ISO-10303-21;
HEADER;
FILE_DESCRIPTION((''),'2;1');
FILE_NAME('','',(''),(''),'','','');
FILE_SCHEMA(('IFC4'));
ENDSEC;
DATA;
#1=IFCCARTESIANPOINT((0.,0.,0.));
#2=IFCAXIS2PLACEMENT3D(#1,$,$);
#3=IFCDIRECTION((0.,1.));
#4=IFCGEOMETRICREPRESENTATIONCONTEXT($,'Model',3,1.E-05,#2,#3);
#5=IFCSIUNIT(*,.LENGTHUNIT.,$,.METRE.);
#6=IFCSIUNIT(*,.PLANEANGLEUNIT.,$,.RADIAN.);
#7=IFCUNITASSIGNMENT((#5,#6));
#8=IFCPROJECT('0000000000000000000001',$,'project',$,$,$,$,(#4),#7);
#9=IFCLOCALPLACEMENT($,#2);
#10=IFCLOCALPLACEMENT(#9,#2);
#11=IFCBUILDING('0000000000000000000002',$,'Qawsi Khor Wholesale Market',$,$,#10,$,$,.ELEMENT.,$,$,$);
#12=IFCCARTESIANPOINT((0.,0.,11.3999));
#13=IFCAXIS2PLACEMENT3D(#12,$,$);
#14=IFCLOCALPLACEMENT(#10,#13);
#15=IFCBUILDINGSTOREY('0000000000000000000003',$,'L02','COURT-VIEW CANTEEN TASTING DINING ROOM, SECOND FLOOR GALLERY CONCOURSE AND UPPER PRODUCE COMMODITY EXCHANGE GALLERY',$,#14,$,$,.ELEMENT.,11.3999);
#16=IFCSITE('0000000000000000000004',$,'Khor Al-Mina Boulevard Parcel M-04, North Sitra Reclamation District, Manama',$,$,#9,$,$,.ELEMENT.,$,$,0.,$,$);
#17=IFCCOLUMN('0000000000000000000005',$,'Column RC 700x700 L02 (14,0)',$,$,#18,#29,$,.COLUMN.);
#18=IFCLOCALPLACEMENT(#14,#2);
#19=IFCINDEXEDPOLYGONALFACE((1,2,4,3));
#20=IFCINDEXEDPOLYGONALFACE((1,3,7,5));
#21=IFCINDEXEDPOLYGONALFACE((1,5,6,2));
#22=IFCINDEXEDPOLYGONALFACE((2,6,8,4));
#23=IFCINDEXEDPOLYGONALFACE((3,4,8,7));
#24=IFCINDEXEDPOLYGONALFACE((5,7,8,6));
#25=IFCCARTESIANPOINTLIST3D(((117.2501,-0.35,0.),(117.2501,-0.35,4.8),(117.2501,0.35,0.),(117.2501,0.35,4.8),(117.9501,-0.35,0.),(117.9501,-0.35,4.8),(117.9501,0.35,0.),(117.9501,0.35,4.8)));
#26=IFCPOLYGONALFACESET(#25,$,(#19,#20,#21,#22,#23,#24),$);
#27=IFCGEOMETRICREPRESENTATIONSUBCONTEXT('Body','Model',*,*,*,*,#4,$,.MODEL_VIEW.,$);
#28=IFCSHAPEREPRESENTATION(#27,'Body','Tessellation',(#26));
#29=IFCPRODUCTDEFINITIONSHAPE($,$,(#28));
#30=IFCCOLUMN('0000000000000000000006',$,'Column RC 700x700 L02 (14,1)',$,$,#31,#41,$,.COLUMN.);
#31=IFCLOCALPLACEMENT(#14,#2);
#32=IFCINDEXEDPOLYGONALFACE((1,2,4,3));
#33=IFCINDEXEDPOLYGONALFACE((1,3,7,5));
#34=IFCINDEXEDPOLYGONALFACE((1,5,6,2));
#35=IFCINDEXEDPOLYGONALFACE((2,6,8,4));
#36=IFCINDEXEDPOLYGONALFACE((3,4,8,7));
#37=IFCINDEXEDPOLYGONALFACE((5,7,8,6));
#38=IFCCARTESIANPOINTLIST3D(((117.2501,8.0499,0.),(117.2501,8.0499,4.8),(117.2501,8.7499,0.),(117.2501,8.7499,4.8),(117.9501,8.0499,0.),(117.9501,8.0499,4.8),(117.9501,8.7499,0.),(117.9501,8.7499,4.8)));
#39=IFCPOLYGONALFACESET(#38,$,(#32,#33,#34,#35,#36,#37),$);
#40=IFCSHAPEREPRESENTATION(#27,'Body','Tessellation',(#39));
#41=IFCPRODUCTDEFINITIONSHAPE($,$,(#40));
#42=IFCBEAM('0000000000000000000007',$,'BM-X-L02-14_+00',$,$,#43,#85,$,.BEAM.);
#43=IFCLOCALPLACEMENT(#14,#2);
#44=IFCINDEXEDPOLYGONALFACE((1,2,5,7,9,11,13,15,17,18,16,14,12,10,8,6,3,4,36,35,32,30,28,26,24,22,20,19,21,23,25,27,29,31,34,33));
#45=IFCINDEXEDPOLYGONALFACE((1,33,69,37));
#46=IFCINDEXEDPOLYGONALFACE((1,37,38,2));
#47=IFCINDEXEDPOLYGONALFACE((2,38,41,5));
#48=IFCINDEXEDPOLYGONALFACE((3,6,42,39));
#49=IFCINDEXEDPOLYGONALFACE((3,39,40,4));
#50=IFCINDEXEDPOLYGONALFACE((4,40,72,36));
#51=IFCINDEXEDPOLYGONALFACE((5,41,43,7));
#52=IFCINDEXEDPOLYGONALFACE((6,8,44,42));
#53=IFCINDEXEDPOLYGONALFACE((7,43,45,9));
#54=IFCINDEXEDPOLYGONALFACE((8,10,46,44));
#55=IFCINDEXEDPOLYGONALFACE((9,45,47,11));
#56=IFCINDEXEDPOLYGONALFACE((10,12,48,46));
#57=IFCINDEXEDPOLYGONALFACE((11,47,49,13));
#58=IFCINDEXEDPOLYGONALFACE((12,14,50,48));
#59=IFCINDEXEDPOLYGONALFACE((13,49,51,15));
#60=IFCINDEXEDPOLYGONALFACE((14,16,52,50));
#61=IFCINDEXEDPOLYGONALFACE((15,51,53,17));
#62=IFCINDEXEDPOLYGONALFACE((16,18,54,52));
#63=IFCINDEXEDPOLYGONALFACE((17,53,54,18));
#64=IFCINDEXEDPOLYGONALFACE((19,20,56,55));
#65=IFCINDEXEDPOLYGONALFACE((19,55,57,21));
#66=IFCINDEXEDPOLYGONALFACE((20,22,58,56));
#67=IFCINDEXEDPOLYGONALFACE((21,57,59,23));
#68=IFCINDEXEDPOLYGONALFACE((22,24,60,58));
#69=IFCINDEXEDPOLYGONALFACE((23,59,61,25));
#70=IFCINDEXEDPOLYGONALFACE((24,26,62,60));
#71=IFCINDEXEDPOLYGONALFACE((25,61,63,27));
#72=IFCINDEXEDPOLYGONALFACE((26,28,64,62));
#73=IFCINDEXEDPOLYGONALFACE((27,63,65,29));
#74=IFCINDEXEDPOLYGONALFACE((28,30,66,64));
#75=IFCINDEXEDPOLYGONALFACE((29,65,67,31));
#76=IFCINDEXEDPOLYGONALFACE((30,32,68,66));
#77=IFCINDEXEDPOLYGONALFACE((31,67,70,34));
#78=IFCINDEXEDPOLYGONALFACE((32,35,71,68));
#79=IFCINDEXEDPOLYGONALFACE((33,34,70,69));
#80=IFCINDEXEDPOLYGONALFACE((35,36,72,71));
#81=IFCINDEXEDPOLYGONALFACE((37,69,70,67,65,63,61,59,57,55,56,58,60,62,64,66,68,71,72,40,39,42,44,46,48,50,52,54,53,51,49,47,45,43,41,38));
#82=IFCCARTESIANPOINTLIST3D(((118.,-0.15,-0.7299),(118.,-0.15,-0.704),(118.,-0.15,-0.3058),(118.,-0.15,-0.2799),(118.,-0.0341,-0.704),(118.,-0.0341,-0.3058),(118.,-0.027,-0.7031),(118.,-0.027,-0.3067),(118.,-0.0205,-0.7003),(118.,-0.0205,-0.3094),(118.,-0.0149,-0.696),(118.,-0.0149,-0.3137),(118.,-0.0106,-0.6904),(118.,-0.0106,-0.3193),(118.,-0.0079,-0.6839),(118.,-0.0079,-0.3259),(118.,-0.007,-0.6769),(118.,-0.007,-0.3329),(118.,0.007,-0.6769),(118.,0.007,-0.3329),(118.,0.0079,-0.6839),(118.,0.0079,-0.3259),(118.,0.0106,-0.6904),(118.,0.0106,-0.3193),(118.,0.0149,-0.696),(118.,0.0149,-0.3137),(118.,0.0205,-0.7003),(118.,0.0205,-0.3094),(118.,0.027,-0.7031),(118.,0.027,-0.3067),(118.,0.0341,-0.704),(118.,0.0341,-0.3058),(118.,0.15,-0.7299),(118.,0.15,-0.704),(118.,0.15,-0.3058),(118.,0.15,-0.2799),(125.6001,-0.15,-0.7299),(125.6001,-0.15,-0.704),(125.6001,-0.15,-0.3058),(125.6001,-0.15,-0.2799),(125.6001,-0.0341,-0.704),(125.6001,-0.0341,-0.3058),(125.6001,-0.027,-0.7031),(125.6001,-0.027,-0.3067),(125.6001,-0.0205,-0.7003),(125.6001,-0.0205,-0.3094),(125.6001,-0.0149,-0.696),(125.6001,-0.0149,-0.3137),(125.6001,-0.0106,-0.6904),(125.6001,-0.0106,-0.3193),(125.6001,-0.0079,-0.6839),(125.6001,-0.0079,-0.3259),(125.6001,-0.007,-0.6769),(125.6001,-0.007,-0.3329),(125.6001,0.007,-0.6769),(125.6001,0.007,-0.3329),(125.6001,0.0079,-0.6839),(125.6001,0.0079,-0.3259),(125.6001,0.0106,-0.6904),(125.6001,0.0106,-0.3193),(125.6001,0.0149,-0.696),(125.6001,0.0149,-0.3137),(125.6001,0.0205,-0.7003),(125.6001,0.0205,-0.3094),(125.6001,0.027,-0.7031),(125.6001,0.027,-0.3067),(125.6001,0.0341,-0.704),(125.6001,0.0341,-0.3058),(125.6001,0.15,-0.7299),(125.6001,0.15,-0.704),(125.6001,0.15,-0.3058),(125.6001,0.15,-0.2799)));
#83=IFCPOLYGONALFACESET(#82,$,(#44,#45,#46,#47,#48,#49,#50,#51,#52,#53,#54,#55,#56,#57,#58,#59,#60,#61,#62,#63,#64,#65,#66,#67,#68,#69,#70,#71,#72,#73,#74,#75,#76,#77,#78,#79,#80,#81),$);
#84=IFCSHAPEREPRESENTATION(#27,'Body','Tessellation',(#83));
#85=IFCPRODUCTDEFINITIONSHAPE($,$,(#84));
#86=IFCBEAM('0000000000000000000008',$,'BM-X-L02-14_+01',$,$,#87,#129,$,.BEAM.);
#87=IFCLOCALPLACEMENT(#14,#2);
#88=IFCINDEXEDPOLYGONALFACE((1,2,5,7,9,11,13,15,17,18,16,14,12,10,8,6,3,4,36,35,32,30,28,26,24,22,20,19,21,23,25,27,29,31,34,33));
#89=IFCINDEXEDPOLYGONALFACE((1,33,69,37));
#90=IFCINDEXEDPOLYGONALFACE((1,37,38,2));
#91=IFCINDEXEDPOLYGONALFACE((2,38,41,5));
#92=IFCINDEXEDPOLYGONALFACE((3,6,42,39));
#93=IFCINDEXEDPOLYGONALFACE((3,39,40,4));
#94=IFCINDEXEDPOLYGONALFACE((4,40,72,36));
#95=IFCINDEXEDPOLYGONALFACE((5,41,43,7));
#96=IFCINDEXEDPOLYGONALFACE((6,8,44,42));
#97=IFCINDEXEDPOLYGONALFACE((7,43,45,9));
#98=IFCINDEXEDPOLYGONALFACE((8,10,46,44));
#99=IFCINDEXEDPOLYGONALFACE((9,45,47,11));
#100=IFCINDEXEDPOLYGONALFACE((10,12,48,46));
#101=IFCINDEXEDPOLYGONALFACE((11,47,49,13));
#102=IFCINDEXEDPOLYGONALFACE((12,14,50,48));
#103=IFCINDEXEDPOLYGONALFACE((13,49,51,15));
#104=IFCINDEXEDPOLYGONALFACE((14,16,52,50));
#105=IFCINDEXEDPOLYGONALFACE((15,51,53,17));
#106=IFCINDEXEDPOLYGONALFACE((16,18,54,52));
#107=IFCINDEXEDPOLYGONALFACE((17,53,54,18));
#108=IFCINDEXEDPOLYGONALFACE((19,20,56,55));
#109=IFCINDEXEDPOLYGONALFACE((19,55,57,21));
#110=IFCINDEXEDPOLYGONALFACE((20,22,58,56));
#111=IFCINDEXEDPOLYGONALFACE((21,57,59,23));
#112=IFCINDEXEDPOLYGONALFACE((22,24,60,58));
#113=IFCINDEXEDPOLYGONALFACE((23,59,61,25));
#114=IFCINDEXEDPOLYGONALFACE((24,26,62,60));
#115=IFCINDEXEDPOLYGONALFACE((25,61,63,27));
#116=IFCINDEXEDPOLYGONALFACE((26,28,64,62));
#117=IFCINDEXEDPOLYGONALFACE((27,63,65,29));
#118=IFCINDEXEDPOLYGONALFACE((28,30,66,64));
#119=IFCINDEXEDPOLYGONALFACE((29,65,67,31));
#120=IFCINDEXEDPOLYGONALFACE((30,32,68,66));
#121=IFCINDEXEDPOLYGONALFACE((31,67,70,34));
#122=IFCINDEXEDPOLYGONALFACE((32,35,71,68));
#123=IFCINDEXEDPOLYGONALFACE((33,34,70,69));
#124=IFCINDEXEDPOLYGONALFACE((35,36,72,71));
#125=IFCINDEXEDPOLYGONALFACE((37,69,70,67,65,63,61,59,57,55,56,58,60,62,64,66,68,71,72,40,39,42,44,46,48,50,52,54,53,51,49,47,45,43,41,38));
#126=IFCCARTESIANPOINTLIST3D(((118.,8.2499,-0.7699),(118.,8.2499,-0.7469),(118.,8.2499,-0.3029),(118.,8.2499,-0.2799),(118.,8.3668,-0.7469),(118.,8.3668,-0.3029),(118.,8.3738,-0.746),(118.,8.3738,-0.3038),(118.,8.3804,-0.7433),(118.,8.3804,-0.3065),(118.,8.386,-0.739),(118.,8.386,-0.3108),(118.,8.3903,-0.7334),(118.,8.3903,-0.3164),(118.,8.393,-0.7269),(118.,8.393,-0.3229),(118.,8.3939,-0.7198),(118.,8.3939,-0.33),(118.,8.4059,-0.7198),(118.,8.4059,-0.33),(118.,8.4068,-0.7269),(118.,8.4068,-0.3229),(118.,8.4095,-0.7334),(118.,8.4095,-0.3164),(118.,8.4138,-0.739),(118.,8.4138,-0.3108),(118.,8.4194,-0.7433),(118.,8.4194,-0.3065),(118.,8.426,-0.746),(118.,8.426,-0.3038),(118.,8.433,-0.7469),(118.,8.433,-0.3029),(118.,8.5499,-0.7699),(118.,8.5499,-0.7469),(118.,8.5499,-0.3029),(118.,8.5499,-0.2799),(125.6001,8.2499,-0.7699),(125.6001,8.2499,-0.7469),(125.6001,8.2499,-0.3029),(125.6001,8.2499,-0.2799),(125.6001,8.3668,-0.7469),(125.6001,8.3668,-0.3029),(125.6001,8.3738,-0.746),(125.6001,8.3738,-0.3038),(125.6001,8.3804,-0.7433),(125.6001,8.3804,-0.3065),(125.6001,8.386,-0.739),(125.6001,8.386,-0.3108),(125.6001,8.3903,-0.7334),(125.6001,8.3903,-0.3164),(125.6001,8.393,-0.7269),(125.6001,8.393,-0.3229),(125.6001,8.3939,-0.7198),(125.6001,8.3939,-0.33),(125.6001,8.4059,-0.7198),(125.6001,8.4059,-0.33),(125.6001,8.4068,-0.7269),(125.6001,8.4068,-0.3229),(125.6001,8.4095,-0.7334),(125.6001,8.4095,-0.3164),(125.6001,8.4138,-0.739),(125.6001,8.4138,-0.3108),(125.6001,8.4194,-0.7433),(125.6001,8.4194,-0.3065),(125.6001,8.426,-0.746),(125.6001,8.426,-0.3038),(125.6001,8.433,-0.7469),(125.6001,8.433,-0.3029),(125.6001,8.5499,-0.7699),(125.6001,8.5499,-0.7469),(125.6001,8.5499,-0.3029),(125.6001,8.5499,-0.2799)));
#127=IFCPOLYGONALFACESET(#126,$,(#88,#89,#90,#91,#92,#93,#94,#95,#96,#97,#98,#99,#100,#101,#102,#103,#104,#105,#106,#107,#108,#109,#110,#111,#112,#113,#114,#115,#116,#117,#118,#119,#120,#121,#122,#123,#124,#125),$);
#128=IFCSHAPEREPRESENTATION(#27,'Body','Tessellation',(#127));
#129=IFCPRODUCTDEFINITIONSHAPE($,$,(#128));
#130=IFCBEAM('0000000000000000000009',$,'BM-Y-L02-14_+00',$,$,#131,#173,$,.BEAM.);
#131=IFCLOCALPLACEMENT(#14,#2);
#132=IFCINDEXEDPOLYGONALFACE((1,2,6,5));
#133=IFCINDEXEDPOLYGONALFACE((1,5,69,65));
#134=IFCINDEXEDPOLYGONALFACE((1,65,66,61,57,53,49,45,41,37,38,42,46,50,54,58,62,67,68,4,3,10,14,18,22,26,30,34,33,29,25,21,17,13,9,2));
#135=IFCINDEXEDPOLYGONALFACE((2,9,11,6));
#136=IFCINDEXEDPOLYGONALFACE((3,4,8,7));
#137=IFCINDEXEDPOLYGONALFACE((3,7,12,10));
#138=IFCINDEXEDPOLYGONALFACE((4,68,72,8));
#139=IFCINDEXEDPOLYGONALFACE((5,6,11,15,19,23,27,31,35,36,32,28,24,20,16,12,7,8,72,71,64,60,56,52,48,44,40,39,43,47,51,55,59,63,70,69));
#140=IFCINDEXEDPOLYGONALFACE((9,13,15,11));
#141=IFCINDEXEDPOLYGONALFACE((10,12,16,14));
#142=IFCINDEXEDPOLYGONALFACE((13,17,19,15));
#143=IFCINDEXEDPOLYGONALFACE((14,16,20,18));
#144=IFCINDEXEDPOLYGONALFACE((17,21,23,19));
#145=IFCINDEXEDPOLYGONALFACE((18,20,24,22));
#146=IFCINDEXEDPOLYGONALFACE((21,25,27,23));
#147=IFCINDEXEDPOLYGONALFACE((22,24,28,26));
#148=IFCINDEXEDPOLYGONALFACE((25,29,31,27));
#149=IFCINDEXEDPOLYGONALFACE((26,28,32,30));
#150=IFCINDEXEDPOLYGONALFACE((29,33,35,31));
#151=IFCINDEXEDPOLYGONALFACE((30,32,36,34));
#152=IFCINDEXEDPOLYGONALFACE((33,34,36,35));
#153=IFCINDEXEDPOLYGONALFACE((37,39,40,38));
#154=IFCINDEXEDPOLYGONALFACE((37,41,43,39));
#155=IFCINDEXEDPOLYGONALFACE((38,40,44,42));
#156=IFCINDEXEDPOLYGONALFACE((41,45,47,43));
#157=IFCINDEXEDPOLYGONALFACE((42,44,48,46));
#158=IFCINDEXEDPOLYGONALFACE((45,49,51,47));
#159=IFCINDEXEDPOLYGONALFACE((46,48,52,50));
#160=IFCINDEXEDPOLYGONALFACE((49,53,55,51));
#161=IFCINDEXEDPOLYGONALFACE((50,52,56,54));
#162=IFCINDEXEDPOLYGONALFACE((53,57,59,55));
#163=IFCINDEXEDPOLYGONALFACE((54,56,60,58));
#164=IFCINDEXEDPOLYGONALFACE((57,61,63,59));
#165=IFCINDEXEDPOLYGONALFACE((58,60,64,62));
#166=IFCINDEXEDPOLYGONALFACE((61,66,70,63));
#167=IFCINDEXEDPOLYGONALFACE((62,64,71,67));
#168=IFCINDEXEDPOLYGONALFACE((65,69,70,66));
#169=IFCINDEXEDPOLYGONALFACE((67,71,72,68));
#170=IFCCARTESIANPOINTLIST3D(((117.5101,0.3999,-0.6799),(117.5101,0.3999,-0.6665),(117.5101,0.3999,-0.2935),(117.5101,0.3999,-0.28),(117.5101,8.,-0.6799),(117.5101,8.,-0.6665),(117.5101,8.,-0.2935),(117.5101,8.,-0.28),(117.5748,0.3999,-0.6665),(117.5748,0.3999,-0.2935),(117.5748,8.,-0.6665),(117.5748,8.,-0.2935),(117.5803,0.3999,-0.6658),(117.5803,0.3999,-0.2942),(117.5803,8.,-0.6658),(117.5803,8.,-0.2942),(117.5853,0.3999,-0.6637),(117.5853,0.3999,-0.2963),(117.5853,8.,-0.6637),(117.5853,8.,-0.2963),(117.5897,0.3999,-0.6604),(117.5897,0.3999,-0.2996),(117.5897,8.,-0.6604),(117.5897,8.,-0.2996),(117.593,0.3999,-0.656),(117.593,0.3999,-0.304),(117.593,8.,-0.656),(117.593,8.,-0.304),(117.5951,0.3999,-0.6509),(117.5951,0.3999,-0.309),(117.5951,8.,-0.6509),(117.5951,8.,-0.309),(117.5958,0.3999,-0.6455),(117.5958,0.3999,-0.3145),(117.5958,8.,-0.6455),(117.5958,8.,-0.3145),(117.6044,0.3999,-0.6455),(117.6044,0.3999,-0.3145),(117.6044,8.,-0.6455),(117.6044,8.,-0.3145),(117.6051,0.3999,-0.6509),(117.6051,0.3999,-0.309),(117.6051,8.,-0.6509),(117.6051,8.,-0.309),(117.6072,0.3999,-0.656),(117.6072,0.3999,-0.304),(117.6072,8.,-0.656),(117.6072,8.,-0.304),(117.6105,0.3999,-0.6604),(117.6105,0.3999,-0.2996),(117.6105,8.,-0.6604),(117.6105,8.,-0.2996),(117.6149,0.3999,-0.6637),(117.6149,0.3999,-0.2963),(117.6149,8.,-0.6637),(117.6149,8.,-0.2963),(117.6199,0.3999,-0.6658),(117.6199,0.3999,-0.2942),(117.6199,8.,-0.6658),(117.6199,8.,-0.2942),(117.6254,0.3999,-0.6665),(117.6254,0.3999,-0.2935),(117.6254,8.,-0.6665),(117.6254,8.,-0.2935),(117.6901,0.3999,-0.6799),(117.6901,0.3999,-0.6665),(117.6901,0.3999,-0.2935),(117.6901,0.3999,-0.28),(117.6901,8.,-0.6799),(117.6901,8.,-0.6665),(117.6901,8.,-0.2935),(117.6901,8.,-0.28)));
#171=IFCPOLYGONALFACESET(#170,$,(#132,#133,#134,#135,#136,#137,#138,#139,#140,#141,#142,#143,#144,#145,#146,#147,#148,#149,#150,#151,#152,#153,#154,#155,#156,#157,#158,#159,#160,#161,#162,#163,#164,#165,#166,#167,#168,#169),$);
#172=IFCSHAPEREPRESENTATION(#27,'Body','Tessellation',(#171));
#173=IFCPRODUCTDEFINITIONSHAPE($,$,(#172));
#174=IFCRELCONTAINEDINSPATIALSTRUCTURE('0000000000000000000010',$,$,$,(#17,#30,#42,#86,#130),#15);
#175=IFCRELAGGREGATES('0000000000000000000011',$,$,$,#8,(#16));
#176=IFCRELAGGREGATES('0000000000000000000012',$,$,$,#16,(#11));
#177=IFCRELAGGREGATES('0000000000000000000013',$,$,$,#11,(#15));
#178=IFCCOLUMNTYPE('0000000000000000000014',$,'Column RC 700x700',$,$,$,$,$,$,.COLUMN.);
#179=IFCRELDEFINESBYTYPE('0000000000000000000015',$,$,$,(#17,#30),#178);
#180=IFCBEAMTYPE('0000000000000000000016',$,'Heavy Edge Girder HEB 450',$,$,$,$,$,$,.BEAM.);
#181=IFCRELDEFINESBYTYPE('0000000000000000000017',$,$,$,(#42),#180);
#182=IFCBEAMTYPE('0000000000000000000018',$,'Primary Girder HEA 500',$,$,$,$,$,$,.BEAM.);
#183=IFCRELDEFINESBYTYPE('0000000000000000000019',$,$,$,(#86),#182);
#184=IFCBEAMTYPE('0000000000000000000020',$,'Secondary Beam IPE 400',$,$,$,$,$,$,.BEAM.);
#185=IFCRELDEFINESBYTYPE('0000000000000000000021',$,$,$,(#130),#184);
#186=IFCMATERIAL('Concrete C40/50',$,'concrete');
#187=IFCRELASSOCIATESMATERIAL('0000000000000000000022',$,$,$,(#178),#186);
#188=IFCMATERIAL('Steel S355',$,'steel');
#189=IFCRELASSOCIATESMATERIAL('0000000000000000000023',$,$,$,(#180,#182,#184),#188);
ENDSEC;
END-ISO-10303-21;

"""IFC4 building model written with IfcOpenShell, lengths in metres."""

from ifc_helpers import new_model, si_unit, direction, frame, origin, origin_2d, place, context, subcontext, project, spatial, rectangle, i_section, extrude, material, material_profile, profile_set, type_object, element, save


model = new_model("IFC4")

# Units and contexts
model_context = context("Model", 3, precision=1e-05, world=origin(), true_north=direction((0.0, 1.0)))
body_context = subcontext(model_context, "Body", "Model", "MODEL_VIEW")
ifc_project = project(units=[si_unit("LENGTHUNIT", "METRE"), si_unit("PLANEANGLEUNIT", "RADIAN")], contexts=[model_context])

# Site, building, storey
site_placement = place(None, origin())
site = spatial("IfcSite", under=ifc_project, at=site_placement, Name="Khor Al-Mina Boulevard Parcel M-04, North Sitra Reclamation District, Manama", CompositionType="ELEMENT", RefElevation=0.0)
building_placement = place(site_placement, origin())
building = spatial("IfcBuilding", under=site, at=building_placement, Name="Qawsi Khor Wholesale Market", CompositionType="ELEMENT")
storey_placement = place(building_placement, frame((0.0, 0.0, 11.3999)))
storey = spatial("IfcBuildingStorey", under=building, at=storey_placement, Name="L02", Description="COURT-VIEW CANTEEN TASTING DINING ROOM, SECOND FLOOR GALLERY CONCOURSE AND UPPER PRODUCE COMMODITY EXCHANGE GALLERY", CompositionType="ELEMENT", Elevation=11.3999)

# Columns
ifc_material_1 = material(Name="Concrete C40/50", Category="concrete")
ifc_material_profile_1 = material_profile(ifc_material_1, rectangle(XDim=0.7, YDim=0.7, at=origin_2d()), Name="RC 700x700")
ifc_profile_set_1 = profile_set([ifc_material_profile_1], Name="Concrete C40/50")
column_type = type_object("IfcColumnType", Name="Column RC 700x700", PredefinedType="COLUMN", material=ifc_profile_set_1)
for number, where, z_axis, x_axis, name in (
    (1, (117.6001, 0.0, 0.0), (0.0, 0.0, 1.0), (1.0, 0.0, 0.0), "Column RC 700x700 L02 (14,0)"),
    (2, (117.6001, 8.3999, 0.0), (0.0, 0.0, 1.0), (1.0, 0.0, 0.0), "Column RC 700x700 L02 (14,1)"),
):
    element("IfcColumn", number, at=place(storey_placement, frame(where, z_axis=z_axis, x_axis=x_axis)), inside=storey, type_object=column_type, Name=name, PredefinedType="COLUMN", context=body_context, shape_type="SweptSolid", body=[
        extrude(rectangle(XDim=0.7, YDim=0.7, at=origin_2d()), origin(), (0.0, 0.0, 1.0), 4.8),
    ])

# Beams
ifc_material_2 = material(Name="Steel S355", Category="steel")
ifc_material_profile_2 = material_profile(ifc_material_2, i_section(OverallWidth=0.3, OverallDepth=0.45, WebThickness=0.0139, FlangeThickness=0.0259, FilletRadius=0.0271, at=origin_2d()), Name="HEB 450")
ifc_profile_set_2 = profile_set([ifc_material_profile_2], Name="Steel S355")
beam_type_1 = type_object("IfcBeamType", Name="Heavy Edge Girder HEB 450", PredefinedType="BEAM", material=ifc_profile_set_2)
beam_1_placement = place(storey_placement, frame((118.0, 0.0, -0.5049), z_axis=(1.0, 0.0, 0.0), x_axis=(0.0, 1.0, 0.0)))
element("IfcBeam", 3, at=beam_1_placement, inside=storey, type_object=beam_type_1, Name="BM-X-L02-14_+00", PredefinedType="BEAM", context=body_context, shape_type="SweptSolid", body=[
    extrude(i_section(OverallWidth=0.3, OverallDepth=0.45, WebThickness=0.0139, FlangeThickness=0.0259, FilletRadius=0.0271, at=origin_2d()), origin(), (0.0, 0.0, 1.0), 7.6001),
])
ifc_material_profile_3 = material_profile(ifc_material_2, i_section(OverallWidth=0.3, OverallDepth=0.49, WebThickness=0.012, FlangeThickness=0.0229, FilletRadius=0.0271, at=origin_2d()), Name="HEA 500")
ifc_profile_set_3 = profile_set([ifc_material_profile_3], Name="Steel S355")
beam_type_2 = type_object("IfcBeamType", Name="Primary Girder HEA 500", PredefinedType="BEAM", material=ifc_profile_set_3)
beam_2_placement = place(storey_placement, frame((118.0, 8.3999, -0.5249), z_axis=(1.0, 0.0, 0.0), x_axis=(0.0, 1.0, 0.0)))
element("IfcBeam", 4, at=beam_2_placement, inside=storey, type_object=beam_type_2, Name="BM-X-L02-14_+01", PredefinedType="BEAM", context=body_context, shape_type="SweptSolid", body=[
    extrude(i_section(OverallWidth=0.3, OverallDepth=0.49, WebThickness=0.012, FlangeThickness=0.0229, FilletRadius=0.0271, at=origin_2d()), origin(), (0.0, 0.0, 1.0), 7.6001),
])
ifc_material_profile_4 = material_profile(ifc_material_2, i_section(OverallWidth=0.1799, OverallDepth=0.3999, WebThickness=0.0085, FlangeThickness=0.0134, FilletRadius=0.021, at=origin_2d()), Name="IPE 400")
ifc_profile_set_4 = profile_set([ifc_material_profile_4], Name="Steel S355")
beam_type_3 = type_object("IfcBeamType", Name="Secondary Beam IPE 400", PredefinedType="BEAM", material=ifc_profile_set_4)
beam_3_placement = place(storey_placement, frame((117.6001, 0.3999, -0.48), z_axis=(0.0, 1.0, 0.0), x_axis=(-1.0, 0.0, 0.0)))
element("IfcBeam", 5, at=beam_3_placement, inside=storey, type_object=beam_type_3, Name="BM-Y-L02-14_+00", PredefinedType="BEAM", context=body_context, shape_type="SweptSolid", body=[
    extrude(i_section(OverallWidth=0.1799, OverallDepth=0.3999, WebThickness=0.0085, FlangeThickness=0.0134, FilletRadius=0.021, at=origin_2d()), origin(), (0.0, 0.0, 1.0), 7.6001),
])

save(model, "model.ifc")
